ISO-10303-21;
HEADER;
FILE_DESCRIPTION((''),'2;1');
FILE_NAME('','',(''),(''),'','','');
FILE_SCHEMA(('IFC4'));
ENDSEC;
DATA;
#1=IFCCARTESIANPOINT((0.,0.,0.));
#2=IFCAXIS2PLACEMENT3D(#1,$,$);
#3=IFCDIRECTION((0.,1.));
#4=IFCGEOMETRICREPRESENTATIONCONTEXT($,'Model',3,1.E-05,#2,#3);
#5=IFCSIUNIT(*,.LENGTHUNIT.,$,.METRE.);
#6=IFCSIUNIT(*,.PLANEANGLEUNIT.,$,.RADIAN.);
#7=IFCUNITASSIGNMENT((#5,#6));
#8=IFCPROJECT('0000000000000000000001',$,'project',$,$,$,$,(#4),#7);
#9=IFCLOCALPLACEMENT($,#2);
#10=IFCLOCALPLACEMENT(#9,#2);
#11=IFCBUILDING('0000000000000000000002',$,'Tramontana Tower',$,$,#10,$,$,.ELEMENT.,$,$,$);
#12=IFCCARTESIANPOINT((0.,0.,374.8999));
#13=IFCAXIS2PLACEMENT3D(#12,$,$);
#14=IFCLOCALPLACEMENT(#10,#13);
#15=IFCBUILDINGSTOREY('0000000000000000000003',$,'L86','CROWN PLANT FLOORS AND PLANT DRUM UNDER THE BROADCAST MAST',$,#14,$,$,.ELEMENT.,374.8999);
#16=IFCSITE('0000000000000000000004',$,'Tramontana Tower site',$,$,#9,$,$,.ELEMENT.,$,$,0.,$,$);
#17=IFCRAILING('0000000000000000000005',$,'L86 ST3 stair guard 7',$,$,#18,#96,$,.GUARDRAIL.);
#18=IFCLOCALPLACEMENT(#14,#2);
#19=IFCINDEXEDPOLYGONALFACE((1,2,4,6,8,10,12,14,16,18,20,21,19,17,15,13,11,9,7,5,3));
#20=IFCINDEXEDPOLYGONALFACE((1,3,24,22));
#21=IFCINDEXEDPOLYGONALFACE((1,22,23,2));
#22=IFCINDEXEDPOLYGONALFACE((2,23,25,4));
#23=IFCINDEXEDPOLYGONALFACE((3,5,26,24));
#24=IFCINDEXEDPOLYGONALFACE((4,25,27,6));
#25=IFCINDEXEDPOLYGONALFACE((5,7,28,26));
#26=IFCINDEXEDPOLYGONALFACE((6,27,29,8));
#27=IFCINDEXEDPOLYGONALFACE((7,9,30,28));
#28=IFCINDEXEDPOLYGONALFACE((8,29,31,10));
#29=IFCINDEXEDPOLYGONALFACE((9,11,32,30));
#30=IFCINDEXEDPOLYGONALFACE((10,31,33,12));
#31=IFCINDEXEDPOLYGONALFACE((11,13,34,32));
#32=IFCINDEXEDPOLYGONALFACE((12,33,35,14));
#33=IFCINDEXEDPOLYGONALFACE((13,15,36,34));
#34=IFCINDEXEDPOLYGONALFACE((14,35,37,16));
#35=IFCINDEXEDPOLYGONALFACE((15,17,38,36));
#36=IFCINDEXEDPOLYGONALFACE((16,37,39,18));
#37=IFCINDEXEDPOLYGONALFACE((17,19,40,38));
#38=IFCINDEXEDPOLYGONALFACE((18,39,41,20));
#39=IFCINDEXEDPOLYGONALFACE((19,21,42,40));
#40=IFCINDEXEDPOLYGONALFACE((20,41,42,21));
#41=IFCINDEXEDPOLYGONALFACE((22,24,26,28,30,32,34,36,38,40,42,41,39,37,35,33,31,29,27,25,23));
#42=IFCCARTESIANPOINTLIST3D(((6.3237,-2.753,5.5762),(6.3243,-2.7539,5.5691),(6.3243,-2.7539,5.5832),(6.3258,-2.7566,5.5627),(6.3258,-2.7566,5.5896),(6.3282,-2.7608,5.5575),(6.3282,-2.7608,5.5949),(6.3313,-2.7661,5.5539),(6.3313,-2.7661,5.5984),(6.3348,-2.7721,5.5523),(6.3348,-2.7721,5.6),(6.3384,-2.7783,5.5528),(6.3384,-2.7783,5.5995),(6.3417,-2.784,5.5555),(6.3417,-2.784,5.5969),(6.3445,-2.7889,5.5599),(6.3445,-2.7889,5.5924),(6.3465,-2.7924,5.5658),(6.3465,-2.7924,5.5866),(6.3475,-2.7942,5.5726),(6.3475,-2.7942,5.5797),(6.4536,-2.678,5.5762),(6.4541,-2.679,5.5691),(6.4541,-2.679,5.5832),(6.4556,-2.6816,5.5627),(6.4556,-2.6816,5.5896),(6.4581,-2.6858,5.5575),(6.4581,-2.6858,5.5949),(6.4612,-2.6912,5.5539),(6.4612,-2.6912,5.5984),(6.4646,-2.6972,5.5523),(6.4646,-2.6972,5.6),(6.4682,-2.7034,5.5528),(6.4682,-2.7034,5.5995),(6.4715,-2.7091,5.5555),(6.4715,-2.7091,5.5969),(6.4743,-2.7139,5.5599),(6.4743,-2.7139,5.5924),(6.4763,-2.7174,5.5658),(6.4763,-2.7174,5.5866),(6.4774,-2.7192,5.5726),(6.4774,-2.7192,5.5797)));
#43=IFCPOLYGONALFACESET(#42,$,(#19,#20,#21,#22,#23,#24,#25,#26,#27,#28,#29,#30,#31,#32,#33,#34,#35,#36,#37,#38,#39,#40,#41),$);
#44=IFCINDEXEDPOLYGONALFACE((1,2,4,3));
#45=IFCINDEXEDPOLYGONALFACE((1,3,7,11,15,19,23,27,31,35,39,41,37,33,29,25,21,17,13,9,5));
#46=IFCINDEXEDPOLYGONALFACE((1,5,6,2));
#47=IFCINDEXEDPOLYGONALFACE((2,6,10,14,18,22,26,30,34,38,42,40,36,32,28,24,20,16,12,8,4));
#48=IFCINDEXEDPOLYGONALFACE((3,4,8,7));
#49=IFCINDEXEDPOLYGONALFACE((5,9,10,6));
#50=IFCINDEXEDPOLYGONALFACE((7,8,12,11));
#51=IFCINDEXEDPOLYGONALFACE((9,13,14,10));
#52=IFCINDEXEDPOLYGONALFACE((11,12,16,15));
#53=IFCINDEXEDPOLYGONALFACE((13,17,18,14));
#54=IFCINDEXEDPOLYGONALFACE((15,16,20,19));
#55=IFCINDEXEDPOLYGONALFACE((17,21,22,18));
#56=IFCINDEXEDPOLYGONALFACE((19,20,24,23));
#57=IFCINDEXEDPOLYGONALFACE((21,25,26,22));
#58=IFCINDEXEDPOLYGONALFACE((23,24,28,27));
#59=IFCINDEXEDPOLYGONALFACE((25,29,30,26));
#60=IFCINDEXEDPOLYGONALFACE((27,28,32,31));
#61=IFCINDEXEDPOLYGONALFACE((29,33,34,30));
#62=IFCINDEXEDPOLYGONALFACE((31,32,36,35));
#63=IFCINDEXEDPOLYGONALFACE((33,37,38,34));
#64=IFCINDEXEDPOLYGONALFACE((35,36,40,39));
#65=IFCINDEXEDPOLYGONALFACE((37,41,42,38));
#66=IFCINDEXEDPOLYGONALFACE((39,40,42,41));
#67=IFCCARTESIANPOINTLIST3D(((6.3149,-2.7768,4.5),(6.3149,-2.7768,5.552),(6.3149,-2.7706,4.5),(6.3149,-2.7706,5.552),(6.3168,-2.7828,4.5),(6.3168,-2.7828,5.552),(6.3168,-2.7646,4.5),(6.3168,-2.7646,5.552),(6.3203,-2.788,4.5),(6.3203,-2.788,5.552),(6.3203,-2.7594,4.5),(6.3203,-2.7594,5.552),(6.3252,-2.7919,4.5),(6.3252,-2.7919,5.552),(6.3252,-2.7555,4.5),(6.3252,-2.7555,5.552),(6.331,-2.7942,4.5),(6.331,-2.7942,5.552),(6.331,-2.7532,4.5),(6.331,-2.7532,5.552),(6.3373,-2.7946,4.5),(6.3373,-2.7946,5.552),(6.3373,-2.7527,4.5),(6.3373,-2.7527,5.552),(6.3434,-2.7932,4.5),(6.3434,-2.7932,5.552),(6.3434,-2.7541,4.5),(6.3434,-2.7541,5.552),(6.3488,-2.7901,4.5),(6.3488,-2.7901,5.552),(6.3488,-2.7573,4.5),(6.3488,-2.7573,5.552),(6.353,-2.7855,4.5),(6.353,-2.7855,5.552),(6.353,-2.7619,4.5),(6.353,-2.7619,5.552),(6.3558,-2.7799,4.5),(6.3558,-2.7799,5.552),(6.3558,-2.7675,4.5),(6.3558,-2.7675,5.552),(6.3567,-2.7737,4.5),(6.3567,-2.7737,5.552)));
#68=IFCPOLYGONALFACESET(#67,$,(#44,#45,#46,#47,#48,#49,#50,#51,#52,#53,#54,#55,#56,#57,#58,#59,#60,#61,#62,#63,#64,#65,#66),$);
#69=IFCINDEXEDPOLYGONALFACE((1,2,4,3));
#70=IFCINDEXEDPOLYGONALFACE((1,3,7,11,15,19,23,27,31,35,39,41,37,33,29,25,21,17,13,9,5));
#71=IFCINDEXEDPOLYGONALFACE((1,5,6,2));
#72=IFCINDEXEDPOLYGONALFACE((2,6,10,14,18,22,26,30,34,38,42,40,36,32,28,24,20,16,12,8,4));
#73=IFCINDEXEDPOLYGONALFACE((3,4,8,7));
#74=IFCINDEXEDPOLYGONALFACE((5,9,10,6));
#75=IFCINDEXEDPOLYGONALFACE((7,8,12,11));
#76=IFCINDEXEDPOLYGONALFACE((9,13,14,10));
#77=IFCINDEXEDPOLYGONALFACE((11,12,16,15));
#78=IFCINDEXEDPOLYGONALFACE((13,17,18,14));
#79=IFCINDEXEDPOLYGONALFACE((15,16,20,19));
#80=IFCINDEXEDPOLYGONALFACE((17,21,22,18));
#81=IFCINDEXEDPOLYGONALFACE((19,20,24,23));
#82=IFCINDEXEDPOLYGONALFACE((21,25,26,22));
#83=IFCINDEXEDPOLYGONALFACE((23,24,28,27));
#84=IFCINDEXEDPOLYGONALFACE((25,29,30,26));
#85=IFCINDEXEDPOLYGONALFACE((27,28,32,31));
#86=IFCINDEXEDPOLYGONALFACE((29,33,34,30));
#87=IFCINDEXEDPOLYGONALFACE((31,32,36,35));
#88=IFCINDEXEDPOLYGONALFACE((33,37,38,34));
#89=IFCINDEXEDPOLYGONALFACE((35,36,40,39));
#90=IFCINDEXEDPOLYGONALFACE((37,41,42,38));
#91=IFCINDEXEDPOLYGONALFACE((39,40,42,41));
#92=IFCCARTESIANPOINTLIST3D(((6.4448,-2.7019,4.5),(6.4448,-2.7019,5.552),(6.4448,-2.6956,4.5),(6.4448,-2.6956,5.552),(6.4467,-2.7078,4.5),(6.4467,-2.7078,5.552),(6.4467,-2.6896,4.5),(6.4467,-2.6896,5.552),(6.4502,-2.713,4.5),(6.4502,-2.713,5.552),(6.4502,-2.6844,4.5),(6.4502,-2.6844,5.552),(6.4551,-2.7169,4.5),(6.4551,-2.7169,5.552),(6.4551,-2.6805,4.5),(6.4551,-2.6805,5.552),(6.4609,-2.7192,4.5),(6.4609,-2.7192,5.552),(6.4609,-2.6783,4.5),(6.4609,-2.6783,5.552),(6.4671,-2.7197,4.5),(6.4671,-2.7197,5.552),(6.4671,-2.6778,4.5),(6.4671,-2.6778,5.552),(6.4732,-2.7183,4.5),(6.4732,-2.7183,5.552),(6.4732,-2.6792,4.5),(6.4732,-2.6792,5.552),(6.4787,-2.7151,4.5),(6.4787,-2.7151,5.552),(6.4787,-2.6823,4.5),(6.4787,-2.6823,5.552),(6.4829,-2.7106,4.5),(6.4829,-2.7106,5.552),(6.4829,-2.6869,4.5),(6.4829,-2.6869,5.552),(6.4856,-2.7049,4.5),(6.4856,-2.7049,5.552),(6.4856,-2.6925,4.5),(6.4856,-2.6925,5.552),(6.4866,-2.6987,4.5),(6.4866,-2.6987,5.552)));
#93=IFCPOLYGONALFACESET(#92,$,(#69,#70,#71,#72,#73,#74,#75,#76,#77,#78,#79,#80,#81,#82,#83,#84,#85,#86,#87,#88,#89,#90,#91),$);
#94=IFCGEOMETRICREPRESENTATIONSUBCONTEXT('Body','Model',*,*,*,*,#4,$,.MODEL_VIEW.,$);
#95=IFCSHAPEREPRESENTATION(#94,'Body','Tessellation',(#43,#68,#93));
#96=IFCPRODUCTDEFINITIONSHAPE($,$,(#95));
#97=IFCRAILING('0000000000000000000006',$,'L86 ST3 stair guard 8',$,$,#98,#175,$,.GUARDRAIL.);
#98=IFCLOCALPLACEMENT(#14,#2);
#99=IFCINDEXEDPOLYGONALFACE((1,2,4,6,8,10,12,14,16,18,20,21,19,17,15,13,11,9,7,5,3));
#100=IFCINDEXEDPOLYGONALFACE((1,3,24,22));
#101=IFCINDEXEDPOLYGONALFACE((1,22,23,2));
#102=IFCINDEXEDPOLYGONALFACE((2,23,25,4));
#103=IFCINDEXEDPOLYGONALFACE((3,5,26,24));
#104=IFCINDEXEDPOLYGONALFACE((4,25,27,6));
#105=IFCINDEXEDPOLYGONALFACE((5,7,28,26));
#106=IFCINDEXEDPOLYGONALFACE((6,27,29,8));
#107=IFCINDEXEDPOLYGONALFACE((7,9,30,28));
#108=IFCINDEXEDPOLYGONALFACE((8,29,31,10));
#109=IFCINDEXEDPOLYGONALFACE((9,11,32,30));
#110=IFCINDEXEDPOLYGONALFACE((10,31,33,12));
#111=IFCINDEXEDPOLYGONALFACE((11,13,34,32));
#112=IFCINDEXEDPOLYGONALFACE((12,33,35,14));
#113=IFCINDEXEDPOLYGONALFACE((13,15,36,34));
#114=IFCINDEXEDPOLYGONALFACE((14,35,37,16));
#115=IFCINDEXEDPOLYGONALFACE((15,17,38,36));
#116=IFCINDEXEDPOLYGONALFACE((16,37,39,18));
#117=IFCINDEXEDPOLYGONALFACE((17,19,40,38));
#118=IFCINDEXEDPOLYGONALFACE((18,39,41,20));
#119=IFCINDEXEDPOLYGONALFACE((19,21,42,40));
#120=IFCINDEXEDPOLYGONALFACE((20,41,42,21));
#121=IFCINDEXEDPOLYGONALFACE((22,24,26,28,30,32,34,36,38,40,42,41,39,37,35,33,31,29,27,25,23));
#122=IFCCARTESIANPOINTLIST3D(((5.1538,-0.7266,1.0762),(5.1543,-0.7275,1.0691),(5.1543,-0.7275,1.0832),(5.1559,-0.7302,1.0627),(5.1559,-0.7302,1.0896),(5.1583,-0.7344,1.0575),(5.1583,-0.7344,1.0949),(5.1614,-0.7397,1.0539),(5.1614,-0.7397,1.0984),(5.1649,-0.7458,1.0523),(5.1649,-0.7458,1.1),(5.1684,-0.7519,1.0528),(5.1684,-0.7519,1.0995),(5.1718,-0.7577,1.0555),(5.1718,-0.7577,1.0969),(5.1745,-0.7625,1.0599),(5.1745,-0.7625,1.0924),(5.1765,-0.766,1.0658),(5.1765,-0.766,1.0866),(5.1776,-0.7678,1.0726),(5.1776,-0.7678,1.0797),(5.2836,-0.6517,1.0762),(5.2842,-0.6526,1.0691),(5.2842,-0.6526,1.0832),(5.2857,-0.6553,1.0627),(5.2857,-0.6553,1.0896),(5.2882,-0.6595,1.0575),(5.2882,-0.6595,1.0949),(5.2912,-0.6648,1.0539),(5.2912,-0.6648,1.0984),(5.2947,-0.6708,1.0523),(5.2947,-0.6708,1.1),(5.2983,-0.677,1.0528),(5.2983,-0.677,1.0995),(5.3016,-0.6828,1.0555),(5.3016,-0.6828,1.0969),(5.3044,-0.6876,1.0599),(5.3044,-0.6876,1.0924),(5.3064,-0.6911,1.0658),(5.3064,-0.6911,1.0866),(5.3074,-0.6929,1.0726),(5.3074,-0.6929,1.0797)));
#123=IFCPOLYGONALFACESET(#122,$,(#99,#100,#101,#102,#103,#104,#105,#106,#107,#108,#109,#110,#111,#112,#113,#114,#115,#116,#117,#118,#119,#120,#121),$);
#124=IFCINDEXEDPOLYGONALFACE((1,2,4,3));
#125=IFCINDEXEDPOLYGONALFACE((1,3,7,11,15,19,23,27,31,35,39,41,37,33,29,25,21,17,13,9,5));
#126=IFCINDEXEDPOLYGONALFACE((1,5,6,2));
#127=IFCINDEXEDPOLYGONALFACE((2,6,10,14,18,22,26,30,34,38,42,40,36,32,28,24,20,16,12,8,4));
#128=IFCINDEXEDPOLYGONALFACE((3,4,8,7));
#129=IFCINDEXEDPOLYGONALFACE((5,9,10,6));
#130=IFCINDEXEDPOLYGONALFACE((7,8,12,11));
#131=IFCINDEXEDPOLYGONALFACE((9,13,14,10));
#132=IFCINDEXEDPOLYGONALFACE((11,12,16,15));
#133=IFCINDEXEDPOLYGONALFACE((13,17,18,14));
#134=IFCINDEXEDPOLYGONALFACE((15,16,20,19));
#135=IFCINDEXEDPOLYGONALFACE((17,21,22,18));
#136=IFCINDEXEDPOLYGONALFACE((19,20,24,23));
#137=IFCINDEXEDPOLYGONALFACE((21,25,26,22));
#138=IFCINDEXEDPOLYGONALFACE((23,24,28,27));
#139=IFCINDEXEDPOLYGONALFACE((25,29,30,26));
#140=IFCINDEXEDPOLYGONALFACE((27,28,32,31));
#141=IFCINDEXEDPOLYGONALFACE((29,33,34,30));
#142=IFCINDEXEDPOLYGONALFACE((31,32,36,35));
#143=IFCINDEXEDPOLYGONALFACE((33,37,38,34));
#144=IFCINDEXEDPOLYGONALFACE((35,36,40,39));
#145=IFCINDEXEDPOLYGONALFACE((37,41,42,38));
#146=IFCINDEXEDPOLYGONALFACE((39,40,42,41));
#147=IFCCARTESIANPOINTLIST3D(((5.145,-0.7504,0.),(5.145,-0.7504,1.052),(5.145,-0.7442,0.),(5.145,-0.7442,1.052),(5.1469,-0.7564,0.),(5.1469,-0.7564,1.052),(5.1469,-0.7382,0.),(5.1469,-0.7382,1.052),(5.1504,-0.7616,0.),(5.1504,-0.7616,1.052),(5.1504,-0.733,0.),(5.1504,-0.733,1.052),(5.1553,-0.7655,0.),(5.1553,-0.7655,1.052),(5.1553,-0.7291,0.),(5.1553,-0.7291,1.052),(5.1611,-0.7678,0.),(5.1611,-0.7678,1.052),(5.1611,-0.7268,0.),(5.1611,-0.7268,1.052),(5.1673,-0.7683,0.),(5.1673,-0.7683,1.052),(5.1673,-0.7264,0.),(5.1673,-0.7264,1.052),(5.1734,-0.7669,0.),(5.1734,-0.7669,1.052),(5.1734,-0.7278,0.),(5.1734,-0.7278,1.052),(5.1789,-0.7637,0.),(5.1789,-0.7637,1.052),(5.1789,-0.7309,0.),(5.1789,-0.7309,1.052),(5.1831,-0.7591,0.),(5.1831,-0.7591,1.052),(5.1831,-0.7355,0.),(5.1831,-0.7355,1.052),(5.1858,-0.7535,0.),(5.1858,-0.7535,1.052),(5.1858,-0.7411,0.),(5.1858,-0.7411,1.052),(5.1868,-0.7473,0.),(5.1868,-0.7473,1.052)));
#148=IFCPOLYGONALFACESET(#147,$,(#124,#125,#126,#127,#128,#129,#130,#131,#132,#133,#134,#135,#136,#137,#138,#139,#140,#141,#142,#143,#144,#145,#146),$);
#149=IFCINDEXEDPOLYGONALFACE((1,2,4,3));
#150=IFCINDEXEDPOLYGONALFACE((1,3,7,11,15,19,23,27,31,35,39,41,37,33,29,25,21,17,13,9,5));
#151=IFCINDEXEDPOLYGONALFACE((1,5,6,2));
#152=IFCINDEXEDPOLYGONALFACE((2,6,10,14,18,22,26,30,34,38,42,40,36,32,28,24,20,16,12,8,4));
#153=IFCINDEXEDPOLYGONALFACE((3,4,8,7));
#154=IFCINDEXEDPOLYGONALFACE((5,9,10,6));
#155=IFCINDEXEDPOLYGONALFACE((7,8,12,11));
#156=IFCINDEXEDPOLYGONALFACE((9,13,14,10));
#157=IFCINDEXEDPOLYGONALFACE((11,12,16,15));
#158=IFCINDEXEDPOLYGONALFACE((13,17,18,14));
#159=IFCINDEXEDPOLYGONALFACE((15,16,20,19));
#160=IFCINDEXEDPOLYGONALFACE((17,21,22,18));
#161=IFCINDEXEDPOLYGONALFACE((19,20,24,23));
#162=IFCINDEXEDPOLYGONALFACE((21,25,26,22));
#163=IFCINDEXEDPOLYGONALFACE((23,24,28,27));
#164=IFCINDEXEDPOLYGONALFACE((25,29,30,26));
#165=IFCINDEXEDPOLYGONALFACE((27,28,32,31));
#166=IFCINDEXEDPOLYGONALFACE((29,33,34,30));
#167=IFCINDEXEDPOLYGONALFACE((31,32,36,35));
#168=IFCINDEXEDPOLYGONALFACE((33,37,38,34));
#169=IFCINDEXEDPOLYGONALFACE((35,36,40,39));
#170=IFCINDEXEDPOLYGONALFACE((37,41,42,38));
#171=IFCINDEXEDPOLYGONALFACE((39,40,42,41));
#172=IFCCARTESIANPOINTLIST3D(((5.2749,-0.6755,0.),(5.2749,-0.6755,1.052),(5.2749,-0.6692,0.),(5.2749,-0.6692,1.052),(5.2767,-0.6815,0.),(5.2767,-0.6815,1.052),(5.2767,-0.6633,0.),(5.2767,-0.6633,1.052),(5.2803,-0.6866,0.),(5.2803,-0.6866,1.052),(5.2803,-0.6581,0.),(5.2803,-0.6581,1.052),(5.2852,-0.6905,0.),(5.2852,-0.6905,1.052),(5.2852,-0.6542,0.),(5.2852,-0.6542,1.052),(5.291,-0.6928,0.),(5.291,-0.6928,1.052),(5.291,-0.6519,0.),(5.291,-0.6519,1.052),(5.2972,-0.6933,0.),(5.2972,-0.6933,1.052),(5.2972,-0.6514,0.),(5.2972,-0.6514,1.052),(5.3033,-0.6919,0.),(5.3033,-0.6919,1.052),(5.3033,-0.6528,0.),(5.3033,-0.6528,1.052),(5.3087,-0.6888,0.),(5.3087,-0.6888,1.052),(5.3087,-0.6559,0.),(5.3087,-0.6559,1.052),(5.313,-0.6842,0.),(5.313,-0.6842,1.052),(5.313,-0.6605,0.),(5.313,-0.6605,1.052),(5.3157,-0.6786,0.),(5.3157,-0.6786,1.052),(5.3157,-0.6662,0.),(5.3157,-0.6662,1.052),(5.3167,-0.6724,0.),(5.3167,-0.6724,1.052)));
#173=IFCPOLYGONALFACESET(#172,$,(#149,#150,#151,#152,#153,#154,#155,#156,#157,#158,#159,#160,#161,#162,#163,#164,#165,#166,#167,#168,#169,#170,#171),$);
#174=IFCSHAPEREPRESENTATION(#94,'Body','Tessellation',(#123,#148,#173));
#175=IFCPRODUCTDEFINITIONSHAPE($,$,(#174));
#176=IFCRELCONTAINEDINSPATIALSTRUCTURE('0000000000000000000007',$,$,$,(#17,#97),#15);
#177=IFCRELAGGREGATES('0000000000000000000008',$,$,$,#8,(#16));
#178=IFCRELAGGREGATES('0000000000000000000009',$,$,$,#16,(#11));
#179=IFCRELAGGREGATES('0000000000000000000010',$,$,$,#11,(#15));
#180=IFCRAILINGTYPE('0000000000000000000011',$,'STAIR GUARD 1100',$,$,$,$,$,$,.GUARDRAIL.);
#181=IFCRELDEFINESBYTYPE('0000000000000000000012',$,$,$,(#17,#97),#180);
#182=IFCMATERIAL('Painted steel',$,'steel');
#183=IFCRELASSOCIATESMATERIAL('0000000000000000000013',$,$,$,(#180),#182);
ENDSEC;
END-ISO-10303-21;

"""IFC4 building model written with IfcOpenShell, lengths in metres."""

from ifc_helpers import new_model, si_unit, direction, frame, origin, origin_2d, place, context, subcontext, project, spatial, circle, extrude, material, type_object, element, save


model = new_model("IFC4")

# Units and contexts
model_context = context("Model", 3, precision=1e-05, world=origin(), true_north=direction((0.0, 1.0)))
body_context = subcontext(model_context, "Body", "Model", "MODEL_VIEW")
ifc_project = project(units=[si_unit("LENGTHUNIT", "METRE"), si_unit("PLANEANGLEUNIT", "RADIAN")], contexts=[model_context])

# Site, building, storey
site_placement = place(None, origin())
site = spatial("IfcSite", under=ifc_project, at=site_placement, Name="Tramontana Tower site", CompositionType="ELEMENT", RefElevation=0.0)
building_placement = place(site_placement, origin())
building = spatial("IfcBuilding", under=site, at=building_placement, Name="Tramontana Tower", CompositionType="ELEMENT")
storey_placement = place(building_placement, frame((0.0, 0.0, 374.8999)))
storey = spatial("IfcBuildingStorey", under=building, at=storey_placement, Name="L86", Description="CROWN PLANT FLOORS AND PLANT DRUM UNDER THE BROADCAST MAST", CompositionType="ELEMENT", Elevation=374.8999)

# Railings
ifc_material_1 = material(Name="Painted steel", Category="steel")
railing_type_1 = type_object("IfcRailingType", Name="STAIR GUARD 1100", PredefinedType="GUARDRAIL", material=ifc_material_1)
for number, where, name in (
    (1, (6.3357, -2.7737, 4.5), "L86 ST3 stair guard 7"),
    (2, (5.1658, -0.7473, 0.0), "L86 ST3 stair guard 8"),
):
    element("IfcRailing", number, at=place(storey_placement, frame(where)), inside=storey, type_object=railing_type_1, Name=name, PredefinedType="GUARDRAIL", context=body_context, shape_type="SweptSolid", body=[
        extrude(circle(Radius=0.0239, at=origin_2d()), frame((0.0, 0.0, 1.0762), z_axis=(0.866131, 0.499816, 0.0), x_axis=(-0.499816, 0.866131, 0.0)), (0.0, 0.0, 1.0), 0.1499),
        extrude(circle(Radius=0.021, at=origin_2d()), origin(), (0.0, 0.0, 1.0), 1.052),
        extrude(circle(Radius=0.021, at=origin_2d()), frame((0.1299, 0.075, 0.0)), (0.0, 0.0, 1.0), 1.052),
    ])

save(model, "model.ifc")
